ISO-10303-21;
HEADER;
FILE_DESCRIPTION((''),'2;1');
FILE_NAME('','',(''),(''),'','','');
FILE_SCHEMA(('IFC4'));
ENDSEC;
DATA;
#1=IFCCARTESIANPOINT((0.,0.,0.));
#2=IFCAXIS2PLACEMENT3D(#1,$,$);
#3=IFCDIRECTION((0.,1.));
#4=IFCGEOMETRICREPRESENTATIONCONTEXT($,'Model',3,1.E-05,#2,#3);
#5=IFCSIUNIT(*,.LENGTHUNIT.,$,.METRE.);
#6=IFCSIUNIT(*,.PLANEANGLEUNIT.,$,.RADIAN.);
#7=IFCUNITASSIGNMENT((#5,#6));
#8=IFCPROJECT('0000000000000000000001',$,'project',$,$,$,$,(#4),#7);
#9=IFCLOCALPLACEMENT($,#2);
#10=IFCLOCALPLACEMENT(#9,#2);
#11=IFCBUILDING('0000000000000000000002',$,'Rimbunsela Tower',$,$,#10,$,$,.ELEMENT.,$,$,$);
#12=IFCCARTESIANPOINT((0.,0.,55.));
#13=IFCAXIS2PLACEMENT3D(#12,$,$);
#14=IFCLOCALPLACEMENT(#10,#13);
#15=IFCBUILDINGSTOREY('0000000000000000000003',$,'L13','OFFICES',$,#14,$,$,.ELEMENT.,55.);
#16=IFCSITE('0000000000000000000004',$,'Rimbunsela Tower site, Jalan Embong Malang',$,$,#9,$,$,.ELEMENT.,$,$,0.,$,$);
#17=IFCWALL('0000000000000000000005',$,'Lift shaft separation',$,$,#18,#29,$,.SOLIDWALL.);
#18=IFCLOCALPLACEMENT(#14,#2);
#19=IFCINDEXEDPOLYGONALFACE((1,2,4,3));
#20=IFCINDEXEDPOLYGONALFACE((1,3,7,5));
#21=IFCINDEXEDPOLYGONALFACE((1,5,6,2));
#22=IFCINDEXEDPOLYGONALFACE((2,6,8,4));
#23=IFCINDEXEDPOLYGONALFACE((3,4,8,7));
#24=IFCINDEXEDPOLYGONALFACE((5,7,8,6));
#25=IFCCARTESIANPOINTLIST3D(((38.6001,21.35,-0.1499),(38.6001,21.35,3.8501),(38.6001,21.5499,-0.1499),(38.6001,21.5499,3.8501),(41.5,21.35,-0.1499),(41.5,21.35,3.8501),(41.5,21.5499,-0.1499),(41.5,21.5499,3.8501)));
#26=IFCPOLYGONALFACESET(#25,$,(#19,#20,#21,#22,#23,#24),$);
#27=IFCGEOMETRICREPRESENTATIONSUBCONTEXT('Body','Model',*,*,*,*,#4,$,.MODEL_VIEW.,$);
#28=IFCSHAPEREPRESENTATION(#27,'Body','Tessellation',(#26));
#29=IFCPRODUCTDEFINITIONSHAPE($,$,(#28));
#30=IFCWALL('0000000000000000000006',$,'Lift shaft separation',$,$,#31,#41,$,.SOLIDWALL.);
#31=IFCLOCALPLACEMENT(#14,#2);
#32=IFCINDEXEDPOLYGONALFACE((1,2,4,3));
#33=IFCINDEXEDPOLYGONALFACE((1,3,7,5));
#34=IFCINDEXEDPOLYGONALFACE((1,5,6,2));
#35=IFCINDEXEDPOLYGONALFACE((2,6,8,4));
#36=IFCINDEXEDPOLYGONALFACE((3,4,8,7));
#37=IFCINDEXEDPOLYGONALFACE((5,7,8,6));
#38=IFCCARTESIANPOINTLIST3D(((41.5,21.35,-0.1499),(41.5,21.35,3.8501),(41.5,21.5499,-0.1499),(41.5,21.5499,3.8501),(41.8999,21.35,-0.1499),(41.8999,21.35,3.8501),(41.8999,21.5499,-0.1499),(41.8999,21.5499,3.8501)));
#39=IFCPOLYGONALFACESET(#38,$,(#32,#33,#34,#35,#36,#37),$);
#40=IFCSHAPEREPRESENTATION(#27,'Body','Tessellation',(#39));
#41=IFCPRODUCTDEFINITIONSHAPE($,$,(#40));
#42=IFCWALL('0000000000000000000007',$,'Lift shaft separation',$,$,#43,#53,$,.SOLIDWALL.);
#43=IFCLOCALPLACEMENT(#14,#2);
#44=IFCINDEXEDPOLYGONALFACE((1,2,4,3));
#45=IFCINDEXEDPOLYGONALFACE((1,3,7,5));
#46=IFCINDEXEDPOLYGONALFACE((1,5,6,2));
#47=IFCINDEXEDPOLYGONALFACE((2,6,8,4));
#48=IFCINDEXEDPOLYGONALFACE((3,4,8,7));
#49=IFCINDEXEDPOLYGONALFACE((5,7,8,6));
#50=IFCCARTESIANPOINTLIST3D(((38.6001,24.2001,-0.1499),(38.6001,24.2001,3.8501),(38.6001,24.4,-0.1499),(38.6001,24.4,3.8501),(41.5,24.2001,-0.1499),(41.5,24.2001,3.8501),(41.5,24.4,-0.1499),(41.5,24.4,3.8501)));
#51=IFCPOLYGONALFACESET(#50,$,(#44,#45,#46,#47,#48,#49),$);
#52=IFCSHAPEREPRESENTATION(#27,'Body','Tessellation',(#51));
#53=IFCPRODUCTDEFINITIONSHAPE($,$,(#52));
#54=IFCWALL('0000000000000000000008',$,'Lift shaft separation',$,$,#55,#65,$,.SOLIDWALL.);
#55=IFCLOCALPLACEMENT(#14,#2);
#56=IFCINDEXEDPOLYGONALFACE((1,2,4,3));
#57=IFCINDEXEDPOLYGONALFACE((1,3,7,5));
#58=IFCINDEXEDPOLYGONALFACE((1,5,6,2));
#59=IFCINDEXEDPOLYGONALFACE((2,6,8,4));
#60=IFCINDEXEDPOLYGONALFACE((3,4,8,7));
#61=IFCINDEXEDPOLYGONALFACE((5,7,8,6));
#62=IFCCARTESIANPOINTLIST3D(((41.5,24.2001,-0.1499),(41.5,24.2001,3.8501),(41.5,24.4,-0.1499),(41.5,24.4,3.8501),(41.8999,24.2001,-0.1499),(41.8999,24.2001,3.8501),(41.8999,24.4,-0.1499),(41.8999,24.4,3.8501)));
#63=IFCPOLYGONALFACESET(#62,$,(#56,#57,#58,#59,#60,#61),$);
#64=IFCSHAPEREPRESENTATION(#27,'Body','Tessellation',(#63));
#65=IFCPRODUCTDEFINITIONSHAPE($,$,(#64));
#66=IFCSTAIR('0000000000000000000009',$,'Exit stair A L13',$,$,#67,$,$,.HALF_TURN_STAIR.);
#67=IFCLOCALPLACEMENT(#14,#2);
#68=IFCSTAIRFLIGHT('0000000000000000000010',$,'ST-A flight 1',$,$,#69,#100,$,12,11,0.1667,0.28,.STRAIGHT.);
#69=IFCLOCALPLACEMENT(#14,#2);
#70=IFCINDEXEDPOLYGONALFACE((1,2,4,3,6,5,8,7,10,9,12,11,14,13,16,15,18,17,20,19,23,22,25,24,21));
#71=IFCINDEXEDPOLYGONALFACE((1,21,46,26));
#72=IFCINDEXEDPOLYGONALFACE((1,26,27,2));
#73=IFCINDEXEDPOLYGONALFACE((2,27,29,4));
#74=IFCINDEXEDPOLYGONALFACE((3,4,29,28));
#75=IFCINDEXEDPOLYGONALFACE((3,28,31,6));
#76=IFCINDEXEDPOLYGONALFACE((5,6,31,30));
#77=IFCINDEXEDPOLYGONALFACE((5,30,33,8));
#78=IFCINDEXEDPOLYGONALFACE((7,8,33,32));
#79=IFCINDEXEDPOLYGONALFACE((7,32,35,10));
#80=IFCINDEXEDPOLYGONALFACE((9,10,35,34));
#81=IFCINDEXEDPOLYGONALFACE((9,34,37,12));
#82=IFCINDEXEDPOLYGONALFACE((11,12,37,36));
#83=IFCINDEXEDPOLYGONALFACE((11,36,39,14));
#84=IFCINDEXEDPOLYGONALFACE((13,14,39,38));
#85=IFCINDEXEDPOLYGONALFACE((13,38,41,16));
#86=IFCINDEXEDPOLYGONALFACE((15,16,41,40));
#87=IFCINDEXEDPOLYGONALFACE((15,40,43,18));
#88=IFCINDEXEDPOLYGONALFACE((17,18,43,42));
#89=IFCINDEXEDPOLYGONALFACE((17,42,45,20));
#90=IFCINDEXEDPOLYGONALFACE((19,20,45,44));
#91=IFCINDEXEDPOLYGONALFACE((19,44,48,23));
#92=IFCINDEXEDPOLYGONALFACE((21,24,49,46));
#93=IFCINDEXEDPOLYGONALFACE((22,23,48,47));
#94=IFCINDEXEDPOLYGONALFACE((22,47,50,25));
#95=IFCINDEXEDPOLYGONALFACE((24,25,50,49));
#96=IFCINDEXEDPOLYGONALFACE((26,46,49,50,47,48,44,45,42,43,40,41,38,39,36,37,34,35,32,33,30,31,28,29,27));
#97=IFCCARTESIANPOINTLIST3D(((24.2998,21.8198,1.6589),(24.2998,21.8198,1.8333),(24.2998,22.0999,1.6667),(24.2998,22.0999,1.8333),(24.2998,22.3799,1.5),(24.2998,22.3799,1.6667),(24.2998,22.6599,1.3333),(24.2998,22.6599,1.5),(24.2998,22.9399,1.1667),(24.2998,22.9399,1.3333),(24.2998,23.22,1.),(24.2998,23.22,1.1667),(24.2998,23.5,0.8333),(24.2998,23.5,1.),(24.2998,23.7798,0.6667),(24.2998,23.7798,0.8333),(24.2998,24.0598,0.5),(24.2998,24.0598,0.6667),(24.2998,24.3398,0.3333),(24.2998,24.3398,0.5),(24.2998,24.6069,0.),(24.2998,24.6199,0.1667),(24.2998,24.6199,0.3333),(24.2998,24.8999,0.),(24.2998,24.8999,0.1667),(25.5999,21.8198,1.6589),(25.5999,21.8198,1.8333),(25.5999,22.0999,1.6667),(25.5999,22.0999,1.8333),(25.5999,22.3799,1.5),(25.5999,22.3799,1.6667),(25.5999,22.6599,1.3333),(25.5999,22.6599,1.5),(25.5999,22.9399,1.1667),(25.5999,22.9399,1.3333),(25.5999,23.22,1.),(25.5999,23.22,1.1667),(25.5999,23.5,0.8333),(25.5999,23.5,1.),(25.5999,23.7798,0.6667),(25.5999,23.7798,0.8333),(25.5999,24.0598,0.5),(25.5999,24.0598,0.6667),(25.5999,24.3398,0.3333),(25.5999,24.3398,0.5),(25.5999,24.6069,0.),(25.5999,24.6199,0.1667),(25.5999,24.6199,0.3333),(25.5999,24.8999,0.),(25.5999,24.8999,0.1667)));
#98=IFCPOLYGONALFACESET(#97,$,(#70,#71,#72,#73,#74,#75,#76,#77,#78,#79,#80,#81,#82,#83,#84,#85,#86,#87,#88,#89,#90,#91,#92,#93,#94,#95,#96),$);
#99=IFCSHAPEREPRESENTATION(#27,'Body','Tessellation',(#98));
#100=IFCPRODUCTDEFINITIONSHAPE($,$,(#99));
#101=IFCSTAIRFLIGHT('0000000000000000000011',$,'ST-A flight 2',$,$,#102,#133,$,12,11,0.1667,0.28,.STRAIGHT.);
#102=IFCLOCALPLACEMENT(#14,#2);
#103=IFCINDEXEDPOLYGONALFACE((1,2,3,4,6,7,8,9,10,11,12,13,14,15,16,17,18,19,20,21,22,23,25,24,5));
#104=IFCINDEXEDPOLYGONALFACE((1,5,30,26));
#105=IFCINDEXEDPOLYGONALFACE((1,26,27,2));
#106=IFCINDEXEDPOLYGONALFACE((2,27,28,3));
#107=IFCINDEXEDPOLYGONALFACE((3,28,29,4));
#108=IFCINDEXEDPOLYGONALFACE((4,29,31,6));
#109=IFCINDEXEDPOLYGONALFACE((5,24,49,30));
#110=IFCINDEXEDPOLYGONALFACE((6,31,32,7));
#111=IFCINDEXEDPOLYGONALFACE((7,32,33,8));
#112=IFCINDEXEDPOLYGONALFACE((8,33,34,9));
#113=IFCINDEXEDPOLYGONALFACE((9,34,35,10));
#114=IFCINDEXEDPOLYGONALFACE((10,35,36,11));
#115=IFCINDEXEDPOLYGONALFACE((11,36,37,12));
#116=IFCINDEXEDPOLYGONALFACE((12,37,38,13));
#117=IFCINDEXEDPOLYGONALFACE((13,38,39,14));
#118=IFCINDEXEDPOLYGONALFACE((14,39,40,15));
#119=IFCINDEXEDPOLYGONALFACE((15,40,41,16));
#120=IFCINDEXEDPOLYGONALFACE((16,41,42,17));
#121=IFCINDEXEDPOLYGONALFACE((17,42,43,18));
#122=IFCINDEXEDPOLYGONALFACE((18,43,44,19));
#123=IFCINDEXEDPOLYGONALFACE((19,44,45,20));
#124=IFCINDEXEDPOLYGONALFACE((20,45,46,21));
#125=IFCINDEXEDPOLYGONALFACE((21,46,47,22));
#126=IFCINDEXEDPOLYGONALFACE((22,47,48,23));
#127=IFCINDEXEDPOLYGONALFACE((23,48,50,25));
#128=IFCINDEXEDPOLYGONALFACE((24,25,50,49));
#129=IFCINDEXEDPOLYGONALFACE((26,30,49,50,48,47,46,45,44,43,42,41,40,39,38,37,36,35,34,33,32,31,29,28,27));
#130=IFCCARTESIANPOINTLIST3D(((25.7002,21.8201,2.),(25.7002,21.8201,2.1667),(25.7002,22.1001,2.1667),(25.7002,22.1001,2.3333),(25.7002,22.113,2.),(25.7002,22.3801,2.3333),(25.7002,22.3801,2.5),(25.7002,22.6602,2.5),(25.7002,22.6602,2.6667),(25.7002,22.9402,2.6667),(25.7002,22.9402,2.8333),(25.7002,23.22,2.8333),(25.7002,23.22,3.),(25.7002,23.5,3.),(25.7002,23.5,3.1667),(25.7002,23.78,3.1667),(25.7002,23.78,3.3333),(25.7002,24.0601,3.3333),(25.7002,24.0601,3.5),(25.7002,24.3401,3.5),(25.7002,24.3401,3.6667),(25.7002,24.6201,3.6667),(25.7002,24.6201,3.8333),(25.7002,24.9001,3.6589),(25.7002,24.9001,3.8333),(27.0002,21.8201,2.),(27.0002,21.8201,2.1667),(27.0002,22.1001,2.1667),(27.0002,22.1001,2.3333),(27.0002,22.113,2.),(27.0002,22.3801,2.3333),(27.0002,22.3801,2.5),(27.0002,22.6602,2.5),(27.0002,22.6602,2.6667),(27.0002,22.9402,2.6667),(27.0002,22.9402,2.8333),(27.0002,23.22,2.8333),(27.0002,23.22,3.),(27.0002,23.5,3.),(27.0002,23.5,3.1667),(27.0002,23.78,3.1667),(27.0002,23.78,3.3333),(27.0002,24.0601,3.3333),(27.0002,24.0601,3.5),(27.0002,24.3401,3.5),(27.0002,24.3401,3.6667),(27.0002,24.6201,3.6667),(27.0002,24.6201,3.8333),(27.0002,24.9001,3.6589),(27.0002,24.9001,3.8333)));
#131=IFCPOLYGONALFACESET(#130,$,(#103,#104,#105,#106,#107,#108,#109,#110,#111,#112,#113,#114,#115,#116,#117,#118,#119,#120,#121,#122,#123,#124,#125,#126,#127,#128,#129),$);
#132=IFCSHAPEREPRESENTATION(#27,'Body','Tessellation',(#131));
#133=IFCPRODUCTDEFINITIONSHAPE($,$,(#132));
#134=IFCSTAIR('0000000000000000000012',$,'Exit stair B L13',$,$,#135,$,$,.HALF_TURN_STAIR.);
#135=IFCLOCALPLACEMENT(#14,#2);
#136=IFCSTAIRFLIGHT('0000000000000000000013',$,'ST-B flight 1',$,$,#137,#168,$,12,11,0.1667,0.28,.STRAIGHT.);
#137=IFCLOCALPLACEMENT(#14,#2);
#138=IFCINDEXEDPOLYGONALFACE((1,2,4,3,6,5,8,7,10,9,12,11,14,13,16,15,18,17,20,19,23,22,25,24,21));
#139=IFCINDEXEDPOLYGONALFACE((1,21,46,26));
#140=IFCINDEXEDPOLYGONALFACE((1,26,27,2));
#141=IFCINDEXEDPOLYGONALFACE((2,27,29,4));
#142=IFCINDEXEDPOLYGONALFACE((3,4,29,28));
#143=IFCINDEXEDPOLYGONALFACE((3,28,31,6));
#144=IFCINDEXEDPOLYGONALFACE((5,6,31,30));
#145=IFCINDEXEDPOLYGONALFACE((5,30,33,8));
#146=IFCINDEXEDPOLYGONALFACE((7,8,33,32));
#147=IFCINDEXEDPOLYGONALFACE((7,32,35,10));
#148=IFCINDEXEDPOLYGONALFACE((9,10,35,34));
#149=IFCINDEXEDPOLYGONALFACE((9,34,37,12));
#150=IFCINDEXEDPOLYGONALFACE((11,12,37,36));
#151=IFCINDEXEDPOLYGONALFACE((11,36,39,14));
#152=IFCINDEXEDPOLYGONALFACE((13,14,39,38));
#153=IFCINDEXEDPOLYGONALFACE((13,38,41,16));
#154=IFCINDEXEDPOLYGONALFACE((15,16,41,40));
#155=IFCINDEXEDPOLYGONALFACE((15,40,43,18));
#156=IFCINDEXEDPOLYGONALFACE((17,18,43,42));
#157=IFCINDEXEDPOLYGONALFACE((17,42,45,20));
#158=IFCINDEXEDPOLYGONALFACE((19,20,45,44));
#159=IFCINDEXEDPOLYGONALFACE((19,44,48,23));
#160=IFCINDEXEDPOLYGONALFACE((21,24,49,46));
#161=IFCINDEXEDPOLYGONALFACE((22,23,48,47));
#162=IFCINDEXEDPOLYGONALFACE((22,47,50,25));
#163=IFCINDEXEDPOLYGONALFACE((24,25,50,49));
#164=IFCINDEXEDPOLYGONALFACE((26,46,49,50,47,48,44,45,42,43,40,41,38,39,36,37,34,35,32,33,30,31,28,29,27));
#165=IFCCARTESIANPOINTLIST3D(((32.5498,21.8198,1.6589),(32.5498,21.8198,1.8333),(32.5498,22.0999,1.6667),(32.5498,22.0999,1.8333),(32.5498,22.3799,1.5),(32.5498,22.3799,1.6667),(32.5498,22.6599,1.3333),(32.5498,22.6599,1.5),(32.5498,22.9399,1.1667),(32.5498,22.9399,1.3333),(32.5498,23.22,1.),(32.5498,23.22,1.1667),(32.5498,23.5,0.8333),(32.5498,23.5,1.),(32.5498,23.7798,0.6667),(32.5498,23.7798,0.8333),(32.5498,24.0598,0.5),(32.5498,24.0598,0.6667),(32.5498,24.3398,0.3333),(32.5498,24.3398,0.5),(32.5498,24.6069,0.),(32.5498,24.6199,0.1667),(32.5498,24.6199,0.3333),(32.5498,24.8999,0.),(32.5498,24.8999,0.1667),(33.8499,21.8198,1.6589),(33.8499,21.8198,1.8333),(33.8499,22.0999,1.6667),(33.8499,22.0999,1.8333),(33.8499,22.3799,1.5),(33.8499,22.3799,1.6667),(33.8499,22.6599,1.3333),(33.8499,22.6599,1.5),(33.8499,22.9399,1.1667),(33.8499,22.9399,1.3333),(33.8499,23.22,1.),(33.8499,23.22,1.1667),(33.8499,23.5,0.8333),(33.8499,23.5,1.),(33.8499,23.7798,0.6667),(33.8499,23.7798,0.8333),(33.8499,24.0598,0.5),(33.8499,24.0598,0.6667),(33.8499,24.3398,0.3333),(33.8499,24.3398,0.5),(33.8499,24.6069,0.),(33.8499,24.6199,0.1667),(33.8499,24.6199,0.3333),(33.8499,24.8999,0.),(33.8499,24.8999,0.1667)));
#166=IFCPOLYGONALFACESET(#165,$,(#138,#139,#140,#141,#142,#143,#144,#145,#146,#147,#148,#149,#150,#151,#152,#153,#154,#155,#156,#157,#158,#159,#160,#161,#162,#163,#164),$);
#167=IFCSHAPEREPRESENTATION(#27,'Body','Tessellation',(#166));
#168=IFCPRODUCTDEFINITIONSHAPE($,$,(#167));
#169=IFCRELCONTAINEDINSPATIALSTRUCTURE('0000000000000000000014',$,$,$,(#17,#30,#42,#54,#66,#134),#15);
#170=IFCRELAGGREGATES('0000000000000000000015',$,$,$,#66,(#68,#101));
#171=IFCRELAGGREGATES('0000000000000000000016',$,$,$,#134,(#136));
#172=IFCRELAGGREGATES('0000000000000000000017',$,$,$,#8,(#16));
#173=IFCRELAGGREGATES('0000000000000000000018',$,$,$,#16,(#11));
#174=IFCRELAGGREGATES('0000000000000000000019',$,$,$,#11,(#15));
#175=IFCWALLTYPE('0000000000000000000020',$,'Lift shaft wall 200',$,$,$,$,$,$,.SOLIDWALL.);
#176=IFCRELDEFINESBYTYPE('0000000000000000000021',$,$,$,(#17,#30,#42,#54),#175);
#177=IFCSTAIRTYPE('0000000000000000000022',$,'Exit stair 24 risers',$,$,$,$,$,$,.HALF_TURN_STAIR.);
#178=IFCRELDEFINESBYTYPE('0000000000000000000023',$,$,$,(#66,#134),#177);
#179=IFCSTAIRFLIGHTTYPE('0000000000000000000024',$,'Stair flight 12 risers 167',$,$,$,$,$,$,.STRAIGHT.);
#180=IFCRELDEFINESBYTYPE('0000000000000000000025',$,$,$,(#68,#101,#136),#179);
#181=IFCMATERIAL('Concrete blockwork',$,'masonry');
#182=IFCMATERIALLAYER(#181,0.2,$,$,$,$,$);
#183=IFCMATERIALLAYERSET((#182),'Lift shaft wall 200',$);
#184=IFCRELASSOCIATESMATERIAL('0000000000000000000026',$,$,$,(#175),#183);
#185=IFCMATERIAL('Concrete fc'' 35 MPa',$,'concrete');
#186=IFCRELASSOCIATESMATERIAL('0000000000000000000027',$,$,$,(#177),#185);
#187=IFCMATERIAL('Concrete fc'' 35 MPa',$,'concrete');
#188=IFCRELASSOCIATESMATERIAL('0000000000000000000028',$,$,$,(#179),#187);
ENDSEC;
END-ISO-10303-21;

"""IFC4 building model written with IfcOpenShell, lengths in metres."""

from ifc_helpers import new_model, si_unit, direction, frame, frame_2d, origin, place, context, subcontext, project, spatial, polyline, rectangle, outline, extrude, material, layer, layer_set, type_object, element, aggregate, save


model = new_model("IFC4")

# Units and contexts
model_context = context("Model", 3, precision=1e-05, world=origin(), true_north=direction((0.0, 1.0)))
body_context = subcontext(model_context, "Body", "Model", "MODEL_VIEW")
ifc_project = project(units=[si_unit("LENGTHUNIT", "METRE"), si_unit("PLANEANGLEUNIT", "RADIAN")], contexts=[model_context])

# Site, building, storey
site_placement = place(None, origin())
site = spatial("IfcSite", under=ifc_project, at=site_placement, Name="Rimbunsela Tower site, Jalan Embong Malang", CompositionType="ELEMENT", RefElevation=0.0)
building_placement = place(site_placement, origin())
building = spatial("IfcBuilding", under=site, at=building_placement, Name="Rimbunsela Tower", CompositionType="ELEMENT")
storey_placement = place(building_placement, frame((0.0, 0.0, 55.0)))
storey = spatial("IfcBuildingStorey", under=building, at=storey_placement, Name="L13", Description="OFFICES", CompositionType="ELEMENT", Elevation=55.0)

# Shared definitions
ifc_material_1 = material(Name="Concrete blockwork", Category="masonry")
ifc_layer_1 = layer(ifc_material_1, 0.2)
ifc_layer_set_1 = layer_set([ifc_layer_1], Name="Lift shaft wall 200")
wall_type_1 = type_object("IfcWallType", Name="Lift shaft wall 200", PredefinedType="SOLIDWALL", material=ifc_layer_set_1)

# Walls
wall_1_placement = place(storey_placement, frame((38.6001, 21.45, -0.1499), z_axis=(0.0, 0.0, 1.0), x_axis=(1.0, 0.0, 0.0)))
element("IfcWall", 1, at=wall_1_placement, inside=storey, type_object=wall_type_1, Name="Lift shaft separation", PredefinedType="SOLIDWALL", context=body_context, shape_type="SweptSolid", body=[
    extrude(rectangle(XDim=2.8999, YDim=0.2, at=frame_2d((1.45, 0.0))), origin(), (0.0, 0.0, 1.0), 4.0),
])
wall_2_placement = place(storey_placement, frame((41.5, 21.45, -0.1499), z_axis=(0.0, 0.0, 1.0), x_axis=(1.0, 0.0, 0.0)))
element("IfcWall", 2, at=wall_2_placement, inside=storey, type_object=wall_type_1, Name="Lift shaft separation", PredefinedType="SOLIDWALL", context=body_context, shape_type="SweptSolid", body=[
    extrude(rectangle(XDim=0.3999, YDim=0.2, at=frame_2d((0.2, 0.0))), origin(), (0.0, 0.0, 1.0), 4.0),
])
wall_3_placement = place(storey_placement, frame((38.6001, 24.3, -0.1499), z_axis=(0.0, 0.0, 1.0), x_axis=(1.0, 0.0, 0.0)))
element("IfcWall", 3, at=wall_3_placement, inside=storey, type_object=wall_type_1, Name="Lift shaft separation", PredefinedType="SOLIDWALL", context=body_context, shape_type="SweptSolid", body=[
    extrude(rectangle(XDim=2.8999, YDim=0.2, at=frame_2d((1.45, 0.0))), origin(), (0.0, 0.0, 1.0), 4.0),
])
wall_4_placement = place(storey_placement, frame((41.5, 24.3, -0.1499), z_axis=(0.0, 0.0, 1.0), x_axis=(1.0, 0.0, 0.0)))
element("IfcWall", 4, at=wall_4_placement, inside=storey, type_object=wall_type_1, Name="Lift shaft separation", PredefinedType="SOLIDWALL", context=body_context, shape_type="SweptSolid", body=[
    extrude(rectangle(XDim=0.3999, YDim=0.2, at=frame_2d((0.2, 0.0))), origin(), (0.0, 0.0, 1.0), 4.0),
])

# Stairs, stair flights
ifc_material_2 = material(Name="Concrete fc' 35 MPa", Category="concrete")
stair_type = type_object("IfcStairType", Name="Exit stair 24 risers", PredefinedType="HALF_TURN_STAIR", material=ifc_material_2)
stair_1_placement = place(storey_placement, origin())
stair_1 = element("IfcStair", 5, at=stair_1_placement, inside=storey, type_object=stair_type, Name="Exit stair A L13", PredefinedType="HALF_TURN_STAIR")
ifc_material_3 = material(Name="Concrete fc' 35 MPa", Category="concrete")
stair_flight_type = type_object("IfcStairFlightType", Name="Stair flight 12 risers 167", PredefinedType="STRAIGHT", material=ifc_material_3)
stair_flight_1_placement = place(storey_placement, frame((24.95, 24.8999, 0.0), z_axis=(0.0, 0.0, 1.0), x_axis=(0.0, -1.0, 0.0)))
stair_flight_1 = element("IfcStairFlight", 6, at=stair_flight_1_placement, type_object=stair_flight_type, Name="ST-A flight 1", NumberOfRisers=12, NumberOfTreads=11, PredefinedType="STRAIGHT", RiserHeight=0.1667, TreadLength=0.28, context=body_context, shape_type="SweptSolid", body=[
    extrude(outline(polyline([(0.0, 0.0), (0.0, 0.1667), (0.28, 0.1667), (0.28, 0.3333), (0.5601, 0.3333), (0.5601, 0.5), (0.8401, 0.5), (0.8401, 0.6667), (1.1201, 0.6667), (1.1201, 0.8333), (1.3999, 0.8333), (1.3999, 1.0), (1.6799, 1.0), (1.6799, 1.1667), (1.96, 1.1667), (1.96, 1.3333), (2.24, 1.3333), (2.24, 1.5), (2.52, 1.5), (2.52, 1.6667), (2.8, 1.6667), (2.8, 1.8333), (3.0801, 1.8333), (3.0801, 2.0), (3.0801, 1.6589), (0.293, 0.0), (0.0, 0.0)])), frame((0.0, 0.6499, 0.0), z_axis=(0.0, -1.0, 0.0), x_axis=(1.0, 0.0, 0.0)), (0.0, 0.0, 1.0), 1.3),
])
stair_flight_2_placement = place(storey_placement, frame((26.3501, 21.8201, 2.0), z_axis=(0.0, 0.0, 1.0), x_axis=(0.0, 1.0, 0.0)))
stair_flight_2 = element("IfcStairFlight", 7, at=stair_flight_2_placement, type_object=stair_flight_type, Name="ST-A flight 2", NumberOfRisers=12, NumberOfTreads=11, PredefinedType="STRAIGHT", RiserHeight=0.1667, TreadLength=0.28, context=body_context, shape_type="SweptSolid", body=[
    extrude(outline(polyline([(0.0, 0.0), (0.0, 0.1667), (0.28, 0.1667), (0.28, 0.3333), (0.5601, 0.3333), (0.5601, 0.5), (0.8401, 0.5), (0.8401, 0.6667), (1.1201, 0.6667), (1.1201, 0.8333), (1.3999, 0.8333), (1.3999, 1.0), (1.6799, 1.0), (1.6799, 1.1667), (1.96, 1.1667), (1.96, 1.3333), (2.24, 1.3333), (2.24, 1.5), (2.52, 1.5), (2.52, 1.6667), (2.8, 1.6667), (2.8, 1.8333), (3.0801, 1.8333), (3.0801, 2.0), (3.0801, 1.6589), (0.293, 0.0), (0.0, 0.0)])), frame((0.0, 0.6499, 0.0), z_axis=(0.0, -1.0, 0.0), x_axis=(1.0, 0.0, 0.0)), (0.0, 0.0, 1.0), 1.3),
])
aggregate(stair_1, [stair_flight_1, stair_flight_2])
stair_2_placement = place(storey_placement, origin())
stair_2 = element("IfcStair", 8, at=stair_2_placement, inside=storey, type_object=stair_type, Name="Exit stair B L13", PredefinedType="HALF_TURN_STAIR")
stair_flight_3_placement = place(storey_placement, frame((33.2, 24.8999, 0.0), z_axis=(0.0, 0.0, 1.0), x_axis=(0.0, -1.0, 0.0)))
stair_flight_3 = element("IfcStairFlight", 9, at=stair_flight_3_placement, type_object=stair_flight_type, Name="ST-B flight 1", NumberOfRisers=12, NumberOfTreads=11, PredefinedType="STRAIGHT", RiserHeight=0.1667, TreadLength=0.28, context=body_context, shape_type="SweptSolid", body=[
    extrude(outline(polyline([(0.0, 0.0), (0.0, 0.1667), (0.28, 0.1667), (0.28, 0.3333), (0.5601, 0.3333), (0.5601, 0.5), (0.8401, 0.5), (0.8401, 0.6667), (1.1201, 0.6667), (1.1201, 0.8333), (1.3999, 0.8333), (1.3999, 1.0), (1.6799, 1.0), (1.6799, 1.1667), (1.96, 1.1667), (1.96, 1.3333), (2.24, 1.3333), (2.24, 1.5), (2.52, 1.5), (2.52, 1.6667), (2.8, 1.6667), (2.8, 1.8333), (3.0801, 1.8333), (3.0801, 2.0), (3.0801, 1.6589), (0.293, 0.0), (0.0, 0.0)])), frame((0.0, 0.6499, 0.0), z_axis=(0.0, -1.0, 0.0), x_axis=(1.0, 0.0, 0.0)), (0.0, 0.0, 1.0), 1.3),
])
aggregate(stair_2, [stair_flight_3])

save(model, "model.ifc")
